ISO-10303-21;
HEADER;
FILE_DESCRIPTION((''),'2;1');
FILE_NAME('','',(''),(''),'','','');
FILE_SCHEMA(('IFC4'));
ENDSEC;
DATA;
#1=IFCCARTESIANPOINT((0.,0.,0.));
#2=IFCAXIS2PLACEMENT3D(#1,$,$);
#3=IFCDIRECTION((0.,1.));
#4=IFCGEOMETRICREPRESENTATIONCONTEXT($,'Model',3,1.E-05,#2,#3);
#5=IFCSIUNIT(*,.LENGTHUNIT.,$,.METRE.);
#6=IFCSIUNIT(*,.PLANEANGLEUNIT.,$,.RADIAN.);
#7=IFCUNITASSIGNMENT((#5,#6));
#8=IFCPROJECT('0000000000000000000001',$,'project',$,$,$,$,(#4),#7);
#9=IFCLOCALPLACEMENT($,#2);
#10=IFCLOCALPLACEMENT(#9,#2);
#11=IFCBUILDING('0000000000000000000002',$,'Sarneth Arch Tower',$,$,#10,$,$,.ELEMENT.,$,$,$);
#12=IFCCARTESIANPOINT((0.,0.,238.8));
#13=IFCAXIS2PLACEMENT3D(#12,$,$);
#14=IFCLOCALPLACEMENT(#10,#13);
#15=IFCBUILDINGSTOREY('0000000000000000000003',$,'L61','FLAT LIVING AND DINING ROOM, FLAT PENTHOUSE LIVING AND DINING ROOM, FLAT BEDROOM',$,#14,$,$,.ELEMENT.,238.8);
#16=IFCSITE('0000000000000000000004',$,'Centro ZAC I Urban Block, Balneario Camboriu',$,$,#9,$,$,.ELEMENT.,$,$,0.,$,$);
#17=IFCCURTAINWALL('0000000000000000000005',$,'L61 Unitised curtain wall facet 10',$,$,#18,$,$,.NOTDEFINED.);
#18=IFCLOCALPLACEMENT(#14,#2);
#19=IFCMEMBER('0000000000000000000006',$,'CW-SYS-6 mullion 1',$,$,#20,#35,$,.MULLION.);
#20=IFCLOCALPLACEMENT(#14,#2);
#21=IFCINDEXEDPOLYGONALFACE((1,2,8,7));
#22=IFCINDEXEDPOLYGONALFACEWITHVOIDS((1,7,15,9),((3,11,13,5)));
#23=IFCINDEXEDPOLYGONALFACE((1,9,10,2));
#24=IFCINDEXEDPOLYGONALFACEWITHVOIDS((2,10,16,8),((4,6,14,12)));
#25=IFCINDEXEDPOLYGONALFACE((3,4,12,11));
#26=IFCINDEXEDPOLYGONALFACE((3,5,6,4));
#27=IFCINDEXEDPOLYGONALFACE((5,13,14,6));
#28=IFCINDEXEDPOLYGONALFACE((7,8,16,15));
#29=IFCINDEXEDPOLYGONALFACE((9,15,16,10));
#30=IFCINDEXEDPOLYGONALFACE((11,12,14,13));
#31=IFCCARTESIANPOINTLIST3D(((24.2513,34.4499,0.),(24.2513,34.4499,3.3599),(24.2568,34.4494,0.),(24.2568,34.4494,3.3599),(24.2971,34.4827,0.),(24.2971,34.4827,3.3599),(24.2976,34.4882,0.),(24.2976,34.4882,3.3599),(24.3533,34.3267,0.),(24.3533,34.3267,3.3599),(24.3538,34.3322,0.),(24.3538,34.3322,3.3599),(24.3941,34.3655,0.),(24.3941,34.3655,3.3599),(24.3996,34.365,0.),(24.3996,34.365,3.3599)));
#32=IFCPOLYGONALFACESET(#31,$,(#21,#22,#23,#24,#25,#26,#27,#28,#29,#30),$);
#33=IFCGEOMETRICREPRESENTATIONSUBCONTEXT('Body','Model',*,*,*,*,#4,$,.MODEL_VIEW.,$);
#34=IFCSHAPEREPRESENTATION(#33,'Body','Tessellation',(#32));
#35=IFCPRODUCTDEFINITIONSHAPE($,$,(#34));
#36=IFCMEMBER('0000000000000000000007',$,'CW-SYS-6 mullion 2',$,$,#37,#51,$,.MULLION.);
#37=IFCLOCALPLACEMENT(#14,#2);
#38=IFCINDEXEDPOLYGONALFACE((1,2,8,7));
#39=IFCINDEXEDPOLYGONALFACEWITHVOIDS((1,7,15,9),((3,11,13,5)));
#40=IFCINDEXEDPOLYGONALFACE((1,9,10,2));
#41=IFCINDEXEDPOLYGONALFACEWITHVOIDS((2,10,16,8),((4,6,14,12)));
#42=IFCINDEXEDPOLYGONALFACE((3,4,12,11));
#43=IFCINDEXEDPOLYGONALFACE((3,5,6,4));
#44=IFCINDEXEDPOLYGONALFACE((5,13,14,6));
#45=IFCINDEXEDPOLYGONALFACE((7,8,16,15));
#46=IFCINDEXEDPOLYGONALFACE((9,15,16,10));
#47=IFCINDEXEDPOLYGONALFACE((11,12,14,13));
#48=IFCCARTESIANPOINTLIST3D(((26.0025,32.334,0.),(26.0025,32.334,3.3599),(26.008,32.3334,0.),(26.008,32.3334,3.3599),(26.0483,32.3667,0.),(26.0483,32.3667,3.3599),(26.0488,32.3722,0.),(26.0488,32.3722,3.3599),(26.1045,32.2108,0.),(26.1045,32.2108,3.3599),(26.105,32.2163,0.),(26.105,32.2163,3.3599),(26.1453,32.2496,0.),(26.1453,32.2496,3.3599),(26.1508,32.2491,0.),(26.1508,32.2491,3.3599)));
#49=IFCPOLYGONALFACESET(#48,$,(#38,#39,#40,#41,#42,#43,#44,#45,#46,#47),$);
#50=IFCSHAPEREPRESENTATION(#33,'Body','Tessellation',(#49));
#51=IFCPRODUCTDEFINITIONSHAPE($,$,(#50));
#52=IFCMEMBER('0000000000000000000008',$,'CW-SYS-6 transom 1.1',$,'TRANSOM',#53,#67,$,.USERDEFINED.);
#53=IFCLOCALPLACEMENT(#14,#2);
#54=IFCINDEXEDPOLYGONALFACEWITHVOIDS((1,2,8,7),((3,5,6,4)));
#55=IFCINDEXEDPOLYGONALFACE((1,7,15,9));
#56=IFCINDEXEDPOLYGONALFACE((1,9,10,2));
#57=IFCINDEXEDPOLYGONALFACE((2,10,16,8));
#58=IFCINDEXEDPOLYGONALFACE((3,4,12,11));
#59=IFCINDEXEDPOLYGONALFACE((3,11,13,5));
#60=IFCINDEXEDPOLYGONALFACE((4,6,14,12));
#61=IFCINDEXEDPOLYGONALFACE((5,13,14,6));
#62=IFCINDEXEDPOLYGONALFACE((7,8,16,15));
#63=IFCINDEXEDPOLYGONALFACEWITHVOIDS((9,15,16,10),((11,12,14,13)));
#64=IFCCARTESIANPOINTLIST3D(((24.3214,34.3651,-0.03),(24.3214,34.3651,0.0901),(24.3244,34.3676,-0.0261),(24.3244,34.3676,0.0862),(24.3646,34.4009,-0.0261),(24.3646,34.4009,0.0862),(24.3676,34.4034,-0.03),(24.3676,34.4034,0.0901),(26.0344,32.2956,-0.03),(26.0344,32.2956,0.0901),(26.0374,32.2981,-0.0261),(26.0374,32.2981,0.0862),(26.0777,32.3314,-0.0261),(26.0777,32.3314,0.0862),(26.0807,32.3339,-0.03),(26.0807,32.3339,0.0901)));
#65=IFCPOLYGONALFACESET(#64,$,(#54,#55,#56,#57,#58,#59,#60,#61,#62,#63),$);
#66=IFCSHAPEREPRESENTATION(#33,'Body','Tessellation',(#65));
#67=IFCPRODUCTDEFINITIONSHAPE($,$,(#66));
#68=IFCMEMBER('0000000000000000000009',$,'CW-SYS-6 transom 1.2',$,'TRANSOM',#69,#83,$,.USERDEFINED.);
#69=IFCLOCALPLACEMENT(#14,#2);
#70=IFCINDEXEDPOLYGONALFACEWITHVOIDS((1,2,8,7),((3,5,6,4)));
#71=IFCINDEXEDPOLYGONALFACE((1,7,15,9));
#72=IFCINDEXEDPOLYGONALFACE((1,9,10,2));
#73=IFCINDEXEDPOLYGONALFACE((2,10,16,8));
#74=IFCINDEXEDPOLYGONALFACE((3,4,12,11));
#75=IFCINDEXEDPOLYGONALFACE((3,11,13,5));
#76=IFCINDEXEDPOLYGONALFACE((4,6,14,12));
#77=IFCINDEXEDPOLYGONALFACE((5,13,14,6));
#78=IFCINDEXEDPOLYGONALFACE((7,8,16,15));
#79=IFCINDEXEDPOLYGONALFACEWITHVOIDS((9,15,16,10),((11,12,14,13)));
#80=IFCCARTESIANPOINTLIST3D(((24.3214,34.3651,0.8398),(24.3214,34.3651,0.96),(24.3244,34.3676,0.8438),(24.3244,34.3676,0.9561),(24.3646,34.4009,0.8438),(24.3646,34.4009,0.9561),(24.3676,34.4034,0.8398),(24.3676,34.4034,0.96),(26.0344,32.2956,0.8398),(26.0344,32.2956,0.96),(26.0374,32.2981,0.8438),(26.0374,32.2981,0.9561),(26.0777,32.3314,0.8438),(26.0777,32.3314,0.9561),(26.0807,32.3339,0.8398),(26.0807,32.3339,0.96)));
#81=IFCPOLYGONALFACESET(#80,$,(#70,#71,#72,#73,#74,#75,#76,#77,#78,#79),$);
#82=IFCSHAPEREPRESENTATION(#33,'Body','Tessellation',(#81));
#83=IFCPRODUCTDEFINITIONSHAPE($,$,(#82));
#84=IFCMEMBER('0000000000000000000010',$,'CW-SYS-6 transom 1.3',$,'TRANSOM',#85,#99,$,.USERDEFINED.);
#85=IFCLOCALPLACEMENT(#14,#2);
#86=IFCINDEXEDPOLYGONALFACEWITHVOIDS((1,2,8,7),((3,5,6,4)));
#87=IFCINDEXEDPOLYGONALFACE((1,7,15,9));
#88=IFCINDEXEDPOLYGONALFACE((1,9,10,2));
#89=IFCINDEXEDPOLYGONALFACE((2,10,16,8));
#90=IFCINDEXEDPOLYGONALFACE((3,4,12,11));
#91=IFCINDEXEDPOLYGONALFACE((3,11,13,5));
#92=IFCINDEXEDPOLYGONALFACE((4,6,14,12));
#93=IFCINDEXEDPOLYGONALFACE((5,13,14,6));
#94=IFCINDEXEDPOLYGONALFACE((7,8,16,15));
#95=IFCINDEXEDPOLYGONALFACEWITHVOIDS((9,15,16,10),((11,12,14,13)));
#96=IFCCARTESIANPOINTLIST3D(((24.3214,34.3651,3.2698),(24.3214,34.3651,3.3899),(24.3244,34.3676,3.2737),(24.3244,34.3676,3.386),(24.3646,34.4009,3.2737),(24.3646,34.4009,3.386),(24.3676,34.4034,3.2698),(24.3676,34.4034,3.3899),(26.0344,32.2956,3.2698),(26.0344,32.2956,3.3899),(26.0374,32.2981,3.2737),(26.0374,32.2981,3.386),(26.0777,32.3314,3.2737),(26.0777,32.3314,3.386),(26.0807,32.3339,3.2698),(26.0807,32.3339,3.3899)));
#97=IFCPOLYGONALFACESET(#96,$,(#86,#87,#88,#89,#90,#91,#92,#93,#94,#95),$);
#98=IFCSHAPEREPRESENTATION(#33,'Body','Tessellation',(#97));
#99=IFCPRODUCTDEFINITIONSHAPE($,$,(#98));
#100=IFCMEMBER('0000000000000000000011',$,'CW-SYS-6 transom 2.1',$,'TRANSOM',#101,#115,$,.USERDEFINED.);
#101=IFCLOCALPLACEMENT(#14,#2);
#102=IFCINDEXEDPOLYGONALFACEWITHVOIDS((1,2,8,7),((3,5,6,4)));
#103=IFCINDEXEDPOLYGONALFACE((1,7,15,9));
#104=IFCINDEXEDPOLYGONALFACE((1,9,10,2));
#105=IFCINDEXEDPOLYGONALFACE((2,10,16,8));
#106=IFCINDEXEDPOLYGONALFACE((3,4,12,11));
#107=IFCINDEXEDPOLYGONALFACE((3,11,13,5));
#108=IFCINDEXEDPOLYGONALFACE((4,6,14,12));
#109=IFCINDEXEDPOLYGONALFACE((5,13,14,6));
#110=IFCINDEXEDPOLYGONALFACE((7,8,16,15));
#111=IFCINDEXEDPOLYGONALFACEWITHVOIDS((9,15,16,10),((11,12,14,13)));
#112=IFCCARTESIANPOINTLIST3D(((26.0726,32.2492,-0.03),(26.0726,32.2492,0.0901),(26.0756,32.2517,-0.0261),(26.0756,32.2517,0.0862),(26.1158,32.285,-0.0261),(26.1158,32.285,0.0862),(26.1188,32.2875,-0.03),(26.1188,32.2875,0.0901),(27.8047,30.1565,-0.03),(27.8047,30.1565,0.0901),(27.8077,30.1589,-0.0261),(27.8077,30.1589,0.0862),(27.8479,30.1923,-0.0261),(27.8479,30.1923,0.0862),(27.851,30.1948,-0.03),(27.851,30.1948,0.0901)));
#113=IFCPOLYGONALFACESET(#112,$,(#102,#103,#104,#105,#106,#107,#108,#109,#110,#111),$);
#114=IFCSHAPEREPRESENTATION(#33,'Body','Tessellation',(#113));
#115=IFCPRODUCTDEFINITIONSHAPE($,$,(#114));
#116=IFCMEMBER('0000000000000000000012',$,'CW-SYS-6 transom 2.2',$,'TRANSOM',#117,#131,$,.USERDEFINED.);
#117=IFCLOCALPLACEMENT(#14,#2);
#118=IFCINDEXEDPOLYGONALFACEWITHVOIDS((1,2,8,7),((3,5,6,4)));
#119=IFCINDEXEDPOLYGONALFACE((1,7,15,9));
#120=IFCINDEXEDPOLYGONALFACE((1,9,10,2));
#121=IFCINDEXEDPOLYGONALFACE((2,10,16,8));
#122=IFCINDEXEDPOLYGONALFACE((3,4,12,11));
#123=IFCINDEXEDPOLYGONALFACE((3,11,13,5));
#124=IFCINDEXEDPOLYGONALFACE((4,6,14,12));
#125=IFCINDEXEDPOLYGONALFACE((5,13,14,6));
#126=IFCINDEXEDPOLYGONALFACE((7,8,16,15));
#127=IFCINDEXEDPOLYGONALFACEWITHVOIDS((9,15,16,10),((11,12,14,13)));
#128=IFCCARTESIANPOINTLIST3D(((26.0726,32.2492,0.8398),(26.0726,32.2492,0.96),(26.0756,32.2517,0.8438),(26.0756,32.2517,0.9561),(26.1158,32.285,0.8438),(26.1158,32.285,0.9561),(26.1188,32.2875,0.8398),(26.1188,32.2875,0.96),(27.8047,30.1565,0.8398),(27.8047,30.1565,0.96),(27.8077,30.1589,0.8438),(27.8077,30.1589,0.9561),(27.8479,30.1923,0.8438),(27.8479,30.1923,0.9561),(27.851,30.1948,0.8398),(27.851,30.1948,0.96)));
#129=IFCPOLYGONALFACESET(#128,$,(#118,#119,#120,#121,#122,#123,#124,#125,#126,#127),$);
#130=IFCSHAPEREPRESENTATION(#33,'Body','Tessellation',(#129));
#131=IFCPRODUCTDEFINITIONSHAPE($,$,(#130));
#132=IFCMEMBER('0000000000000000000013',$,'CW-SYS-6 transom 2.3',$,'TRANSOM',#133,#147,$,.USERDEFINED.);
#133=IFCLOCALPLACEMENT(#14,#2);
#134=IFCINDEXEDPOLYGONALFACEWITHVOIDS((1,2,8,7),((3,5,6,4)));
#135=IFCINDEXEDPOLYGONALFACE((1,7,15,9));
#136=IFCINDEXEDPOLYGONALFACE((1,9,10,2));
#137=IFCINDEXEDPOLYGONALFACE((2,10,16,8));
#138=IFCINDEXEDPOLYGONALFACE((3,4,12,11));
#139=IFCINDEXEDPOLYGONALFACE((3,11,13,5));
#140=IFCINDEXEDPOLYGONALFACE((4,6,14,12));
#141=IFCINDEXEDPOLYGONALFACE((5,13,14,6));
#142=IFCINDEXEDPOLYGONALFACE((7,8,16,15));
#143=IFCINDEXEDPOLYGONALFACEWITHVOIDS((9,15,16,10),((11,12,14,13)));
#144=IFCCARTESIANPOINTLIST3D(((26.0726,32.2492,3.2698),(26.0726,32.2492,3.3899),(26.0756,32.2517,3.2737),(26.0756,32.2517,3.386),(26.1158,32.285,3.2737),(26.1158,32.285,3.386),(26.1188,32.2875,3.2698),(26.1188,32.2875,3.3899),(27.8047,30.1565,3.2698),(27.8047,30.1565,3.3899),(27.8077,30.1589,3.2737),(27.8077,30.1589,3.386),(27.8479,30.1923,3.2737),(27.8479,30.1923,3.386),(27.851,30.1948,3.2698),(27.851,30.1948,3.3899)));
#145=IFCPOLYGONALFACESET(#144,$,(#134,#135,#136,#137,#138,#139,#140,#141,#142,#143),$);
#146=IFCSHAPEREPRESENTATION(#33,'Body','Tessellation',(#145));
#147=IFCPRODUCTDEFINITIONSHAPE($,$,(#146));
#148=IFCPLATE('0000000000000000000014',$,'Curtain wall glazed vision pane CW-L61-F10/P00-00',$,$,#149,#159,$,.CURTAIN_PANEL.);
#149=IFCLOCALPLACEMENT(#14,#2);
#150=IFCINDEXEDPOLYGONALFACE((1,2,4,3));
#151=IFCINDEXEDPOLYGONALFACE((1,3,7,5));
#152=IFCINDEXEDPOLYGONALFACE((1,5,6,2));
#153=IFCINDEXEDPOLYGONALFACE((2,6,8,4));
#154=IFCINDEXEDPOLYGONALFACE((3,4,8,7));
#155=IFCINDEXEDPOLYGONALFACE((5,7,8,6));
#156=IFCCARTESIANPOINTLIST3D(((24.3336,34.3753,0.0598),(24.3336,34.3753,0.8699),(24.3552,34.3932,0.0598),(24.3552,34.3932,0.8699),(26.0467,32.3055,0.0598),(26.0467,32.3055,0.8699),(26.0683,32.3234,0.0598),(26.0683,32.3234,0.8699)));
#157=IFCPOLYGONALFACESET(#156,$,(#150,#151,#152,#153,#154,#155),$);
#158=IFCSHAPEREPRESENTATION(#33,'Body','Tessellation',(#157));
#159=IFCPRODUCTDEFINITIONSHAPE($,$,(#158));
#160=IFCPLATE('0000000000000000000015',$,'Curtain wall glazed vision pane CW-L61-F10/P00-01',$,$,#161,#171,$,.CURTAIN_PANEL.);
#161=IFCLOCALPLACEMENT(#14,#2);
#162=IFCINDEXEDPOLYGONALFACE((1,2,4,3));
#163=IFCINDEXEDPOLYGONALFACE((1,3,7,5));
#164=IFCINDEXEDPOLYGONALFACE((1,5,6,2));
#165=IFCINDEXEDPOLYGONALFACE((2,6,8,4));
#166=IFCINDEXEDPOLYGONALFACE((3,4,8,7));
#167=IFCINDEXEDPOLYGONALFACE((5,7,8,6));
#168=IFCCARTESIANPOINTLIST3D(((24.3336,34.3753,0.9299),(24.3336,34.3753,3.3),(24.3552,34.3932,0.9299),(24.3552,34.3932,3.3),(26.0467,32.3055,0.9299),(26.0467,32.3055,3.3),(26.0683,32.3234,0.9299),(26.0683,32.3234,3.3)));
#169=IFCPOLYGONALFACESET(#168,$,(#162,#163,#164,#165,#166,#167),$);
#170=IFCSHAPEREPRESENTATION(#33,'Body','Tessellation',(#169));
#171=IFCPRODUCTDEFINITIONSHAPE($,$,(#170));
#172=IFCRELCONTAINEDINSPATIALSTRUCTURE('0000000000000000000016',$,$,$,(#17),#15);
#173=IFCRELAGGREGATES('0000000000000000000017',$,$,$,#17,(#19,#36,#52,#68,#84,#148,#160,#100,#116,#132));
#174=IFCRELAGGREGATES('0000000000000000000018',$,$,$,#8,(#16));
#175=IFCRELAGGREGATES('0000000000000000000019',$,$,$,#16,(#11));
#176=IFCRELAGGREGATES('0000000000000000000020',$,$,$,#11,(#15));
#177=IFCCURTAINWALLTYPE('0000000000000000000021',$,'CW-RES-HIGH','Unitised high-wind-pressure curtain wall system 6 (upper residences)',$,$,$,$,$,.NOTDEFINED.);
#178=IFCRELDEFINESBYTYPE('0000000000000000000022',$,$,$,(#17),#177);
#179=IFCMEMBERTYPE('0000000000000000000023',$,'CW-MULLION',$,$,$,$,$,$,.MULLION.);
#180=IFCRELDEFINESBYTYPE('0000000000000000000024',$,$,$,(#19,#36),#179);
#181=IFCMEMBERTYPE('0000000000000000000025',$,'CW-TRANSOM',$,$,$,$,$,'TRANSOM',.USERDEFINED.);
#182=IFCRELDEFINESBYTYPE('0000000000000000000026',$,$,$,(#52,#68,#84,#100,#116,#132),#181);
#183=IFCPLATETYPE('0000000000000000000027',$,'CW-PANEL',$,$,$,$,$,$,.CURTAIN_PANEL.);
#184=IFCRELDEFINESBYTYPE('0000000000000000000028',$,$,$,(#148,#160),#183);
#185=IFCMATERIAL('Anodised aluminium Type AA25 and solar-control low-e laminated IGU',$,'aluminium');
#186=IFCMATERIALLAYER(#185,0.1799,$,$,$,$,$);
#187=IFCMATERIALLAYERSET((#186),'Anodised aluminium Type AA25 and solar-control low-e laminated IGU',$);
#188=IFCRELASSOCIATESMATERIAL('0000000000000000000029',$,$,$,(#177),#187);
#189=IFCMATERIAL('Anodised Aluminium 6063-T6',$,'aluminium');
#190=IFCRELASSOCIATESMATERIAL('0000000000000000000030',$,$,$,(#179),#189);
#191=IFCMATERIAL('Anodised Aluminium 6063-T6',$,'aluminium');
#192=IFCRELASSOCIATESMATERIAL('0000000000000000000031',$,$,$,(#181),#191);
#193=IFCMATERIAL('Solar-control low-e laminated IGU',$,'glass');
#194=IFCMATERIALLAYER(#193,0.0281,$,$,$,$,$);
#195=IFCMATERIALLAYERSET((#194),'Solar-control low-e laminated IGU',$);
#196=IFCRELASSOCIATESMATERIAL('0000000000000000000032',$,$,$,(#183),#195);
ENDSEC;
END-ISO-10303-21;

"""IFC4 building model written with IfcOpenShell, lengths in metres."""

from ifc_helpers import new_model, si_unit, direction, frame, origin, origin_2d, place, context, subcontext, project, spatial, rectangle, hollow_rectangle, extrude, material, layer, layer_set, material_profile, profile_set, type_object, element, aggregate, save


model = new_model("IFC4")

# Units and contexts
model_context = context("Model", 3, precision=1e-05, world=origin(), true_north=direction((0.0, 1.0)))
body_context = subcontext(model_context, "Body", "Model", "MODEL_VIEW")
ifc_project = project(units=[si_unit("LENGTHUNIT", "METRE"), si_unit("PLANEANGLEUNIT", "RADIAN")], contexts=[model_context])

# Site, building, storey
site_placement = place(None, origin())
site = spatial("IfcSite", under=ifc_project, at=site_placement, Name="Centro ZAC I Urban Block, Balneario Camboriu", CompositionType="ELEMENT", RefElevation=0.0)
building_placement = place(site_placement, origin())
building = spatial("IfcBuilding", under=site, at=building_placement, Name="Sarneth Arch Tower", CompositionType="ELEMENT")
storey_placement = place(building_placement, frame((0.0, 0.0, 238.8)))
storey = spatial("IfcBuildingStorey", under=building, at=storey_placement, Name="L61", Description="FLAT LIVING AND DINING ROOM, FLAT PENTHOUSE LIVING AND DINING ROOM, FLAT BEDROOM", CompositionType="ELEMENT", Elevation=238.8)

# Curtain wall, members, plates
ifc_material_1 = material(Name="Anodised aluminium Type AA25 and solar-control low-e laminated IGU", Category="aluminium")
ifc_layer_1 = layer(ifc_material_1, 0.1799)
ifc_layer_set_1 = layer_set([ifc_layer_1], Name="Anodised aluminium Type AA25 and solar-control low-e laminated IGU")
curtain_wall_type = type_object("IfcCurtainWallType", Name="CW-RES-HIGH", Description="Unitised high-wind-pressure curtain wall system 6 (upper residences)", PredefinedType="NOTDEFINED", material=ifc_layer_set_1)
curtain_wall_placement = place(storey_placement, origin())
curtain_wall = element("IfcCurtainWall", 1, at=curtain_wall_placement, inside=storey, type_object=curtain_wall_type, Name="L61 Unitised curtain wall facet 10", PredefinedType="NOTDEFINED")
ifc_material_2 = material(Name="Anodised Aluminium 6063-T6", Category="aluminium")
ifc_material_profile_1 = material_profile(ifc_material_2, hollow_rectangle(XDim=0.0601, YDim=0.1599, WallThickness=0.0039, at=origin_2d()), Name="AL-MULL-160x60x4")
ifc_profile_set_1 = profile_set([ifc_material_profile_1], Name="Anodised Aluminium 6063-T6")
member_type_1 = type_object("IfcMemberType", Name="CW-MULLION", PredefinedType="MULLION", material=ifc_profile_set_1)
member_1_placement = place(storey_placement, frame((24.3254, 34.4075, 0.0), z_axis=(0.0, 0.0, 1.0), x_axis=(0.770359, 0.63761, 0.0)))
member_1 = element("IfcMember", 2, at=member_1_placement, type_object=member_type_1, Name="CW-SYS-6 mullion 1", PredefinedType="MULLION", context=body_context, shape_type="SweptSolid", body=[
    extrude(hollow_rectangle(XDim=0.0601, YDim=0.1599, WallThickness=0.0039, at=origin_2d()), origin(), (0.0, 0.0, 1.0), 3.3599),
])
member_2_placement = place(storey_placement, frame((26.0767, 32.2915, 0.0), z_axis=(0.0, 0.0, 1.0), x_axis=(0.770359, 0.63761, 0.0)))
member_2 = element("IfcMember", 3, at=member_2_placement, type_object=member_type_1, Name="CW-SYS-6 mullion 2", PredefinedType="MULLION", context=body_context, shape_type="SweptSolid", body=[
    extrude(hollow_rectangle(XDim=0.0601, YDim=0.1599, WallThickness=0.0039, at=origin_2d()), origin(), (0.0, 0.0, 1.0), 3.3599),
])
ifc_material_3 = material(Name="Anodised Aluminium 6063-T6", Category="aluminium")
ifc_material_profile_2 = material_profile(ifc_material_3, hollow_rectangle(XDim=0.0601, YDim=0.1201, WallThickness=0.0039, at=origin_2d()), Name="AL-TRAN-120x60x4")
ifc_profile_set_2 = profile_set([ifc_material_profile_2], Name="Anodised Aluminium 6063-T6")
member_type_2 = type_object("IfcMemberType", Name="CW-TRANSOM", ElementType="TRANSOM", PredefinedType="USERDEFINED", material=ifc_profile_set_2)
member_3_placement = place(storey_placement, frame((24.3445, 34.3843, 0.03), z_axis=(0.637651, -0.770325, 0.0), x_axis=(0.770325, 0.637651, 0.0)))
member_3 = element("IfcMember", 4, at=member_3_placement, type_object=member_type_2, Name="CW-SYS-6 transom 1.1", ObjectType="TRANSOM", PredefinedType="USERDEFINED", context=body_context, shape_type="SweptSolid", body=[
    extrude(hollow_rectangle(XDim=0.0601, YDim=0.1201, WallThickness=0.0039, at=origin_2d()), origin(), (0.0, 0.0, 1.0), 2.6865),
])
member_4_placement = place(storey_placement, frame((24.3445, 34.3843, 0.8999), z_axis=(0.637651, -0.770325, 0.0), x_axis=(0.770325, 0.637651, 0.0)))
member_4 = element("IfcMember", 5, at=member_4_placement, type_object=member_type_2, Name="CW-SYS-6 transom 1.2", ObjectType="TRANSOM", PredefinedType="USERDEFINED", context=body_context, shape_type="SweptSolid", body=[
    extrude(hollow_rectangle(XDim=0.0601, YDim=0.1201, WallThickness=0.0039, at=origin_2d()), origin(), (0.0, 0.0, 1.0), 2.6865),
])
member_5_placement = place(storey_placement, frame((24.3445, 34.3843, 3.3298), z_axis=(0.637651, -0.770325, 0.0), x_axis=(0.770325, 0.637651, 0.0)))
member_5 = element("IfcMember", 6, at=member_5_placement, type_object=member_type_2, Name="CW-SYS-6 transom 1.3", ObjectType="TRANSOM", PredefinedType="USERDEFINED", context=body_context, shape_type="SweptSolid", body=[
    extrude(hollow_rectangle(XDim=0.0601, YDim=0.1201, WallThickness=0.0039, at=origin_2d()), origin(), (0.0, 0.0, 1.0), 2.6865),
])
member_6_placement = place(storey_placement, frame((26.0957, 32.2683, 0.03), z_axis=(0.637617, -0.770353, 0.0), x_axis=(0.770353, 0.637617, 0.0)))
member_6 = element("IfcMember", 7, at=member_6_placement, type_object=member_type_2, Name="CW-SYS-6 transom 2.1", ObjectType="TRANSOM", PredefinedType="USERDEFINED", context=body_context, shape_type="SweptSolid", body=[
    extrude(hollow_rectangle(XDim=0.0601, YDim=0.1201, WallThickness=0.0039, at=origin_2d()), origin(), (0.0, 0.0, 1.0), 2.7166),
])
member_7_placement = place(storey_placement, frame((26.0957, 32.2683, 0.8999), z_axis=(0.637617, -0.770353, 0.0), x_axis=(0.770353, 0.637617, 0.0)))
member_7 = element("IfcMember", 8, at=member_7_placement, type_object=member_type_2, Name="CW-SYS-6 transom 2.2", ObjectType="TRANSOM", PredefinedType="USERDEFINED", context=body_context, shape_type="SweptSolid", body=[
    extrude(hollow_rectangle(XDim=0.0601, YDim=0.1201, WallThickness=0.0039, at=origin_2d()), origin(), (0.0, 0.0, 1.0), 2.7166),
])
member_8_placement = place(storey_placement, frame((26.0957, 32.2683, 3.3298), z_axis=(0.637617, -0.770353, 0.0), x_axis=(0.770353, 0.637617, 0.0)))
member_8 = element("IfcMember", 9, at=member_8_placement, type_object=member_type_2, Name="CW-SYS-6 transom 2.3", ObjectType="TRANSOM", PredefinedType="USERDEFINED", context=body_context, shape_type="SweptSolid", body=[
    extrude(hollow_rectangle(XDim=0.0601, YDim=0.1201, WallThickness=0.0039, at=origin_2d()), origin(), (0.0, 0.0, 1.0), 2.7166),
])
ifc_material_4 = material(Name="Solar-control low-e laminated IGU", Category="glass")
ifc_layer_2 = layer(ifc_material_4, 0.0281)
ifc_layer_set_2 = layer_set([ifc_layer_2], Name="Solar-control low-e laminated IGU")
plate_type = type_object("IfcPlateType", Name="CW-PANEL", PredefinedType="CURTAIN_PANEL", material=ifc_layer_set_2)
plate_1_placement = place(storey_placement, frame((25.2009, 33.3494, 0.0598), z_axis=(0.0, 0.0, 1.0), x_axis=(0.63761, -0.770359, 0.0)))
plate_1 = element("IfcPlate", 10, at=plate_1_placement, type_object=plate_type, Name="Curtain wall glazed vision pane CW-L61-F10/P00-00", PredefinedType="CURTAIN_PANEL", context=body_context, shape_type="SweptSolid", body=[
    extrude(rectangle(XDim=2.6868, YDim=0.0281, at=origin_2d()), origin(), (0.0, 0.0, 1.0), 0.8101),
])
plate_2_placement = place(storey_placement, frame((25.2009, 33.3494, 0.9299), z_axis=(0.0, 0.0, 1.0), x_axis=(0.63761, -0.770359, 0.0)))
plate_2 = element("IfcPlate", 11, at=plate_2_placement, type_object=plate_type, Name="Curtain wall glazed vision pane CW-L61-F10/P00-01", PredefinedType="CURTAIN_PANEL", context=body_context, shape_type="SweptSolid", body=[
    extrude(rectangle(XDim=2.6868, YDim=0.0281, at=origin_2d()), origin(), (0.0, 0.0, 1.0), 2.3701),
])
aggregate(curtain_wall, [member_1, member_2, member_3, member_4, member_5, plate_1, plate_2, member_6, member_7, member_8])

save(model, "model.ifc")
